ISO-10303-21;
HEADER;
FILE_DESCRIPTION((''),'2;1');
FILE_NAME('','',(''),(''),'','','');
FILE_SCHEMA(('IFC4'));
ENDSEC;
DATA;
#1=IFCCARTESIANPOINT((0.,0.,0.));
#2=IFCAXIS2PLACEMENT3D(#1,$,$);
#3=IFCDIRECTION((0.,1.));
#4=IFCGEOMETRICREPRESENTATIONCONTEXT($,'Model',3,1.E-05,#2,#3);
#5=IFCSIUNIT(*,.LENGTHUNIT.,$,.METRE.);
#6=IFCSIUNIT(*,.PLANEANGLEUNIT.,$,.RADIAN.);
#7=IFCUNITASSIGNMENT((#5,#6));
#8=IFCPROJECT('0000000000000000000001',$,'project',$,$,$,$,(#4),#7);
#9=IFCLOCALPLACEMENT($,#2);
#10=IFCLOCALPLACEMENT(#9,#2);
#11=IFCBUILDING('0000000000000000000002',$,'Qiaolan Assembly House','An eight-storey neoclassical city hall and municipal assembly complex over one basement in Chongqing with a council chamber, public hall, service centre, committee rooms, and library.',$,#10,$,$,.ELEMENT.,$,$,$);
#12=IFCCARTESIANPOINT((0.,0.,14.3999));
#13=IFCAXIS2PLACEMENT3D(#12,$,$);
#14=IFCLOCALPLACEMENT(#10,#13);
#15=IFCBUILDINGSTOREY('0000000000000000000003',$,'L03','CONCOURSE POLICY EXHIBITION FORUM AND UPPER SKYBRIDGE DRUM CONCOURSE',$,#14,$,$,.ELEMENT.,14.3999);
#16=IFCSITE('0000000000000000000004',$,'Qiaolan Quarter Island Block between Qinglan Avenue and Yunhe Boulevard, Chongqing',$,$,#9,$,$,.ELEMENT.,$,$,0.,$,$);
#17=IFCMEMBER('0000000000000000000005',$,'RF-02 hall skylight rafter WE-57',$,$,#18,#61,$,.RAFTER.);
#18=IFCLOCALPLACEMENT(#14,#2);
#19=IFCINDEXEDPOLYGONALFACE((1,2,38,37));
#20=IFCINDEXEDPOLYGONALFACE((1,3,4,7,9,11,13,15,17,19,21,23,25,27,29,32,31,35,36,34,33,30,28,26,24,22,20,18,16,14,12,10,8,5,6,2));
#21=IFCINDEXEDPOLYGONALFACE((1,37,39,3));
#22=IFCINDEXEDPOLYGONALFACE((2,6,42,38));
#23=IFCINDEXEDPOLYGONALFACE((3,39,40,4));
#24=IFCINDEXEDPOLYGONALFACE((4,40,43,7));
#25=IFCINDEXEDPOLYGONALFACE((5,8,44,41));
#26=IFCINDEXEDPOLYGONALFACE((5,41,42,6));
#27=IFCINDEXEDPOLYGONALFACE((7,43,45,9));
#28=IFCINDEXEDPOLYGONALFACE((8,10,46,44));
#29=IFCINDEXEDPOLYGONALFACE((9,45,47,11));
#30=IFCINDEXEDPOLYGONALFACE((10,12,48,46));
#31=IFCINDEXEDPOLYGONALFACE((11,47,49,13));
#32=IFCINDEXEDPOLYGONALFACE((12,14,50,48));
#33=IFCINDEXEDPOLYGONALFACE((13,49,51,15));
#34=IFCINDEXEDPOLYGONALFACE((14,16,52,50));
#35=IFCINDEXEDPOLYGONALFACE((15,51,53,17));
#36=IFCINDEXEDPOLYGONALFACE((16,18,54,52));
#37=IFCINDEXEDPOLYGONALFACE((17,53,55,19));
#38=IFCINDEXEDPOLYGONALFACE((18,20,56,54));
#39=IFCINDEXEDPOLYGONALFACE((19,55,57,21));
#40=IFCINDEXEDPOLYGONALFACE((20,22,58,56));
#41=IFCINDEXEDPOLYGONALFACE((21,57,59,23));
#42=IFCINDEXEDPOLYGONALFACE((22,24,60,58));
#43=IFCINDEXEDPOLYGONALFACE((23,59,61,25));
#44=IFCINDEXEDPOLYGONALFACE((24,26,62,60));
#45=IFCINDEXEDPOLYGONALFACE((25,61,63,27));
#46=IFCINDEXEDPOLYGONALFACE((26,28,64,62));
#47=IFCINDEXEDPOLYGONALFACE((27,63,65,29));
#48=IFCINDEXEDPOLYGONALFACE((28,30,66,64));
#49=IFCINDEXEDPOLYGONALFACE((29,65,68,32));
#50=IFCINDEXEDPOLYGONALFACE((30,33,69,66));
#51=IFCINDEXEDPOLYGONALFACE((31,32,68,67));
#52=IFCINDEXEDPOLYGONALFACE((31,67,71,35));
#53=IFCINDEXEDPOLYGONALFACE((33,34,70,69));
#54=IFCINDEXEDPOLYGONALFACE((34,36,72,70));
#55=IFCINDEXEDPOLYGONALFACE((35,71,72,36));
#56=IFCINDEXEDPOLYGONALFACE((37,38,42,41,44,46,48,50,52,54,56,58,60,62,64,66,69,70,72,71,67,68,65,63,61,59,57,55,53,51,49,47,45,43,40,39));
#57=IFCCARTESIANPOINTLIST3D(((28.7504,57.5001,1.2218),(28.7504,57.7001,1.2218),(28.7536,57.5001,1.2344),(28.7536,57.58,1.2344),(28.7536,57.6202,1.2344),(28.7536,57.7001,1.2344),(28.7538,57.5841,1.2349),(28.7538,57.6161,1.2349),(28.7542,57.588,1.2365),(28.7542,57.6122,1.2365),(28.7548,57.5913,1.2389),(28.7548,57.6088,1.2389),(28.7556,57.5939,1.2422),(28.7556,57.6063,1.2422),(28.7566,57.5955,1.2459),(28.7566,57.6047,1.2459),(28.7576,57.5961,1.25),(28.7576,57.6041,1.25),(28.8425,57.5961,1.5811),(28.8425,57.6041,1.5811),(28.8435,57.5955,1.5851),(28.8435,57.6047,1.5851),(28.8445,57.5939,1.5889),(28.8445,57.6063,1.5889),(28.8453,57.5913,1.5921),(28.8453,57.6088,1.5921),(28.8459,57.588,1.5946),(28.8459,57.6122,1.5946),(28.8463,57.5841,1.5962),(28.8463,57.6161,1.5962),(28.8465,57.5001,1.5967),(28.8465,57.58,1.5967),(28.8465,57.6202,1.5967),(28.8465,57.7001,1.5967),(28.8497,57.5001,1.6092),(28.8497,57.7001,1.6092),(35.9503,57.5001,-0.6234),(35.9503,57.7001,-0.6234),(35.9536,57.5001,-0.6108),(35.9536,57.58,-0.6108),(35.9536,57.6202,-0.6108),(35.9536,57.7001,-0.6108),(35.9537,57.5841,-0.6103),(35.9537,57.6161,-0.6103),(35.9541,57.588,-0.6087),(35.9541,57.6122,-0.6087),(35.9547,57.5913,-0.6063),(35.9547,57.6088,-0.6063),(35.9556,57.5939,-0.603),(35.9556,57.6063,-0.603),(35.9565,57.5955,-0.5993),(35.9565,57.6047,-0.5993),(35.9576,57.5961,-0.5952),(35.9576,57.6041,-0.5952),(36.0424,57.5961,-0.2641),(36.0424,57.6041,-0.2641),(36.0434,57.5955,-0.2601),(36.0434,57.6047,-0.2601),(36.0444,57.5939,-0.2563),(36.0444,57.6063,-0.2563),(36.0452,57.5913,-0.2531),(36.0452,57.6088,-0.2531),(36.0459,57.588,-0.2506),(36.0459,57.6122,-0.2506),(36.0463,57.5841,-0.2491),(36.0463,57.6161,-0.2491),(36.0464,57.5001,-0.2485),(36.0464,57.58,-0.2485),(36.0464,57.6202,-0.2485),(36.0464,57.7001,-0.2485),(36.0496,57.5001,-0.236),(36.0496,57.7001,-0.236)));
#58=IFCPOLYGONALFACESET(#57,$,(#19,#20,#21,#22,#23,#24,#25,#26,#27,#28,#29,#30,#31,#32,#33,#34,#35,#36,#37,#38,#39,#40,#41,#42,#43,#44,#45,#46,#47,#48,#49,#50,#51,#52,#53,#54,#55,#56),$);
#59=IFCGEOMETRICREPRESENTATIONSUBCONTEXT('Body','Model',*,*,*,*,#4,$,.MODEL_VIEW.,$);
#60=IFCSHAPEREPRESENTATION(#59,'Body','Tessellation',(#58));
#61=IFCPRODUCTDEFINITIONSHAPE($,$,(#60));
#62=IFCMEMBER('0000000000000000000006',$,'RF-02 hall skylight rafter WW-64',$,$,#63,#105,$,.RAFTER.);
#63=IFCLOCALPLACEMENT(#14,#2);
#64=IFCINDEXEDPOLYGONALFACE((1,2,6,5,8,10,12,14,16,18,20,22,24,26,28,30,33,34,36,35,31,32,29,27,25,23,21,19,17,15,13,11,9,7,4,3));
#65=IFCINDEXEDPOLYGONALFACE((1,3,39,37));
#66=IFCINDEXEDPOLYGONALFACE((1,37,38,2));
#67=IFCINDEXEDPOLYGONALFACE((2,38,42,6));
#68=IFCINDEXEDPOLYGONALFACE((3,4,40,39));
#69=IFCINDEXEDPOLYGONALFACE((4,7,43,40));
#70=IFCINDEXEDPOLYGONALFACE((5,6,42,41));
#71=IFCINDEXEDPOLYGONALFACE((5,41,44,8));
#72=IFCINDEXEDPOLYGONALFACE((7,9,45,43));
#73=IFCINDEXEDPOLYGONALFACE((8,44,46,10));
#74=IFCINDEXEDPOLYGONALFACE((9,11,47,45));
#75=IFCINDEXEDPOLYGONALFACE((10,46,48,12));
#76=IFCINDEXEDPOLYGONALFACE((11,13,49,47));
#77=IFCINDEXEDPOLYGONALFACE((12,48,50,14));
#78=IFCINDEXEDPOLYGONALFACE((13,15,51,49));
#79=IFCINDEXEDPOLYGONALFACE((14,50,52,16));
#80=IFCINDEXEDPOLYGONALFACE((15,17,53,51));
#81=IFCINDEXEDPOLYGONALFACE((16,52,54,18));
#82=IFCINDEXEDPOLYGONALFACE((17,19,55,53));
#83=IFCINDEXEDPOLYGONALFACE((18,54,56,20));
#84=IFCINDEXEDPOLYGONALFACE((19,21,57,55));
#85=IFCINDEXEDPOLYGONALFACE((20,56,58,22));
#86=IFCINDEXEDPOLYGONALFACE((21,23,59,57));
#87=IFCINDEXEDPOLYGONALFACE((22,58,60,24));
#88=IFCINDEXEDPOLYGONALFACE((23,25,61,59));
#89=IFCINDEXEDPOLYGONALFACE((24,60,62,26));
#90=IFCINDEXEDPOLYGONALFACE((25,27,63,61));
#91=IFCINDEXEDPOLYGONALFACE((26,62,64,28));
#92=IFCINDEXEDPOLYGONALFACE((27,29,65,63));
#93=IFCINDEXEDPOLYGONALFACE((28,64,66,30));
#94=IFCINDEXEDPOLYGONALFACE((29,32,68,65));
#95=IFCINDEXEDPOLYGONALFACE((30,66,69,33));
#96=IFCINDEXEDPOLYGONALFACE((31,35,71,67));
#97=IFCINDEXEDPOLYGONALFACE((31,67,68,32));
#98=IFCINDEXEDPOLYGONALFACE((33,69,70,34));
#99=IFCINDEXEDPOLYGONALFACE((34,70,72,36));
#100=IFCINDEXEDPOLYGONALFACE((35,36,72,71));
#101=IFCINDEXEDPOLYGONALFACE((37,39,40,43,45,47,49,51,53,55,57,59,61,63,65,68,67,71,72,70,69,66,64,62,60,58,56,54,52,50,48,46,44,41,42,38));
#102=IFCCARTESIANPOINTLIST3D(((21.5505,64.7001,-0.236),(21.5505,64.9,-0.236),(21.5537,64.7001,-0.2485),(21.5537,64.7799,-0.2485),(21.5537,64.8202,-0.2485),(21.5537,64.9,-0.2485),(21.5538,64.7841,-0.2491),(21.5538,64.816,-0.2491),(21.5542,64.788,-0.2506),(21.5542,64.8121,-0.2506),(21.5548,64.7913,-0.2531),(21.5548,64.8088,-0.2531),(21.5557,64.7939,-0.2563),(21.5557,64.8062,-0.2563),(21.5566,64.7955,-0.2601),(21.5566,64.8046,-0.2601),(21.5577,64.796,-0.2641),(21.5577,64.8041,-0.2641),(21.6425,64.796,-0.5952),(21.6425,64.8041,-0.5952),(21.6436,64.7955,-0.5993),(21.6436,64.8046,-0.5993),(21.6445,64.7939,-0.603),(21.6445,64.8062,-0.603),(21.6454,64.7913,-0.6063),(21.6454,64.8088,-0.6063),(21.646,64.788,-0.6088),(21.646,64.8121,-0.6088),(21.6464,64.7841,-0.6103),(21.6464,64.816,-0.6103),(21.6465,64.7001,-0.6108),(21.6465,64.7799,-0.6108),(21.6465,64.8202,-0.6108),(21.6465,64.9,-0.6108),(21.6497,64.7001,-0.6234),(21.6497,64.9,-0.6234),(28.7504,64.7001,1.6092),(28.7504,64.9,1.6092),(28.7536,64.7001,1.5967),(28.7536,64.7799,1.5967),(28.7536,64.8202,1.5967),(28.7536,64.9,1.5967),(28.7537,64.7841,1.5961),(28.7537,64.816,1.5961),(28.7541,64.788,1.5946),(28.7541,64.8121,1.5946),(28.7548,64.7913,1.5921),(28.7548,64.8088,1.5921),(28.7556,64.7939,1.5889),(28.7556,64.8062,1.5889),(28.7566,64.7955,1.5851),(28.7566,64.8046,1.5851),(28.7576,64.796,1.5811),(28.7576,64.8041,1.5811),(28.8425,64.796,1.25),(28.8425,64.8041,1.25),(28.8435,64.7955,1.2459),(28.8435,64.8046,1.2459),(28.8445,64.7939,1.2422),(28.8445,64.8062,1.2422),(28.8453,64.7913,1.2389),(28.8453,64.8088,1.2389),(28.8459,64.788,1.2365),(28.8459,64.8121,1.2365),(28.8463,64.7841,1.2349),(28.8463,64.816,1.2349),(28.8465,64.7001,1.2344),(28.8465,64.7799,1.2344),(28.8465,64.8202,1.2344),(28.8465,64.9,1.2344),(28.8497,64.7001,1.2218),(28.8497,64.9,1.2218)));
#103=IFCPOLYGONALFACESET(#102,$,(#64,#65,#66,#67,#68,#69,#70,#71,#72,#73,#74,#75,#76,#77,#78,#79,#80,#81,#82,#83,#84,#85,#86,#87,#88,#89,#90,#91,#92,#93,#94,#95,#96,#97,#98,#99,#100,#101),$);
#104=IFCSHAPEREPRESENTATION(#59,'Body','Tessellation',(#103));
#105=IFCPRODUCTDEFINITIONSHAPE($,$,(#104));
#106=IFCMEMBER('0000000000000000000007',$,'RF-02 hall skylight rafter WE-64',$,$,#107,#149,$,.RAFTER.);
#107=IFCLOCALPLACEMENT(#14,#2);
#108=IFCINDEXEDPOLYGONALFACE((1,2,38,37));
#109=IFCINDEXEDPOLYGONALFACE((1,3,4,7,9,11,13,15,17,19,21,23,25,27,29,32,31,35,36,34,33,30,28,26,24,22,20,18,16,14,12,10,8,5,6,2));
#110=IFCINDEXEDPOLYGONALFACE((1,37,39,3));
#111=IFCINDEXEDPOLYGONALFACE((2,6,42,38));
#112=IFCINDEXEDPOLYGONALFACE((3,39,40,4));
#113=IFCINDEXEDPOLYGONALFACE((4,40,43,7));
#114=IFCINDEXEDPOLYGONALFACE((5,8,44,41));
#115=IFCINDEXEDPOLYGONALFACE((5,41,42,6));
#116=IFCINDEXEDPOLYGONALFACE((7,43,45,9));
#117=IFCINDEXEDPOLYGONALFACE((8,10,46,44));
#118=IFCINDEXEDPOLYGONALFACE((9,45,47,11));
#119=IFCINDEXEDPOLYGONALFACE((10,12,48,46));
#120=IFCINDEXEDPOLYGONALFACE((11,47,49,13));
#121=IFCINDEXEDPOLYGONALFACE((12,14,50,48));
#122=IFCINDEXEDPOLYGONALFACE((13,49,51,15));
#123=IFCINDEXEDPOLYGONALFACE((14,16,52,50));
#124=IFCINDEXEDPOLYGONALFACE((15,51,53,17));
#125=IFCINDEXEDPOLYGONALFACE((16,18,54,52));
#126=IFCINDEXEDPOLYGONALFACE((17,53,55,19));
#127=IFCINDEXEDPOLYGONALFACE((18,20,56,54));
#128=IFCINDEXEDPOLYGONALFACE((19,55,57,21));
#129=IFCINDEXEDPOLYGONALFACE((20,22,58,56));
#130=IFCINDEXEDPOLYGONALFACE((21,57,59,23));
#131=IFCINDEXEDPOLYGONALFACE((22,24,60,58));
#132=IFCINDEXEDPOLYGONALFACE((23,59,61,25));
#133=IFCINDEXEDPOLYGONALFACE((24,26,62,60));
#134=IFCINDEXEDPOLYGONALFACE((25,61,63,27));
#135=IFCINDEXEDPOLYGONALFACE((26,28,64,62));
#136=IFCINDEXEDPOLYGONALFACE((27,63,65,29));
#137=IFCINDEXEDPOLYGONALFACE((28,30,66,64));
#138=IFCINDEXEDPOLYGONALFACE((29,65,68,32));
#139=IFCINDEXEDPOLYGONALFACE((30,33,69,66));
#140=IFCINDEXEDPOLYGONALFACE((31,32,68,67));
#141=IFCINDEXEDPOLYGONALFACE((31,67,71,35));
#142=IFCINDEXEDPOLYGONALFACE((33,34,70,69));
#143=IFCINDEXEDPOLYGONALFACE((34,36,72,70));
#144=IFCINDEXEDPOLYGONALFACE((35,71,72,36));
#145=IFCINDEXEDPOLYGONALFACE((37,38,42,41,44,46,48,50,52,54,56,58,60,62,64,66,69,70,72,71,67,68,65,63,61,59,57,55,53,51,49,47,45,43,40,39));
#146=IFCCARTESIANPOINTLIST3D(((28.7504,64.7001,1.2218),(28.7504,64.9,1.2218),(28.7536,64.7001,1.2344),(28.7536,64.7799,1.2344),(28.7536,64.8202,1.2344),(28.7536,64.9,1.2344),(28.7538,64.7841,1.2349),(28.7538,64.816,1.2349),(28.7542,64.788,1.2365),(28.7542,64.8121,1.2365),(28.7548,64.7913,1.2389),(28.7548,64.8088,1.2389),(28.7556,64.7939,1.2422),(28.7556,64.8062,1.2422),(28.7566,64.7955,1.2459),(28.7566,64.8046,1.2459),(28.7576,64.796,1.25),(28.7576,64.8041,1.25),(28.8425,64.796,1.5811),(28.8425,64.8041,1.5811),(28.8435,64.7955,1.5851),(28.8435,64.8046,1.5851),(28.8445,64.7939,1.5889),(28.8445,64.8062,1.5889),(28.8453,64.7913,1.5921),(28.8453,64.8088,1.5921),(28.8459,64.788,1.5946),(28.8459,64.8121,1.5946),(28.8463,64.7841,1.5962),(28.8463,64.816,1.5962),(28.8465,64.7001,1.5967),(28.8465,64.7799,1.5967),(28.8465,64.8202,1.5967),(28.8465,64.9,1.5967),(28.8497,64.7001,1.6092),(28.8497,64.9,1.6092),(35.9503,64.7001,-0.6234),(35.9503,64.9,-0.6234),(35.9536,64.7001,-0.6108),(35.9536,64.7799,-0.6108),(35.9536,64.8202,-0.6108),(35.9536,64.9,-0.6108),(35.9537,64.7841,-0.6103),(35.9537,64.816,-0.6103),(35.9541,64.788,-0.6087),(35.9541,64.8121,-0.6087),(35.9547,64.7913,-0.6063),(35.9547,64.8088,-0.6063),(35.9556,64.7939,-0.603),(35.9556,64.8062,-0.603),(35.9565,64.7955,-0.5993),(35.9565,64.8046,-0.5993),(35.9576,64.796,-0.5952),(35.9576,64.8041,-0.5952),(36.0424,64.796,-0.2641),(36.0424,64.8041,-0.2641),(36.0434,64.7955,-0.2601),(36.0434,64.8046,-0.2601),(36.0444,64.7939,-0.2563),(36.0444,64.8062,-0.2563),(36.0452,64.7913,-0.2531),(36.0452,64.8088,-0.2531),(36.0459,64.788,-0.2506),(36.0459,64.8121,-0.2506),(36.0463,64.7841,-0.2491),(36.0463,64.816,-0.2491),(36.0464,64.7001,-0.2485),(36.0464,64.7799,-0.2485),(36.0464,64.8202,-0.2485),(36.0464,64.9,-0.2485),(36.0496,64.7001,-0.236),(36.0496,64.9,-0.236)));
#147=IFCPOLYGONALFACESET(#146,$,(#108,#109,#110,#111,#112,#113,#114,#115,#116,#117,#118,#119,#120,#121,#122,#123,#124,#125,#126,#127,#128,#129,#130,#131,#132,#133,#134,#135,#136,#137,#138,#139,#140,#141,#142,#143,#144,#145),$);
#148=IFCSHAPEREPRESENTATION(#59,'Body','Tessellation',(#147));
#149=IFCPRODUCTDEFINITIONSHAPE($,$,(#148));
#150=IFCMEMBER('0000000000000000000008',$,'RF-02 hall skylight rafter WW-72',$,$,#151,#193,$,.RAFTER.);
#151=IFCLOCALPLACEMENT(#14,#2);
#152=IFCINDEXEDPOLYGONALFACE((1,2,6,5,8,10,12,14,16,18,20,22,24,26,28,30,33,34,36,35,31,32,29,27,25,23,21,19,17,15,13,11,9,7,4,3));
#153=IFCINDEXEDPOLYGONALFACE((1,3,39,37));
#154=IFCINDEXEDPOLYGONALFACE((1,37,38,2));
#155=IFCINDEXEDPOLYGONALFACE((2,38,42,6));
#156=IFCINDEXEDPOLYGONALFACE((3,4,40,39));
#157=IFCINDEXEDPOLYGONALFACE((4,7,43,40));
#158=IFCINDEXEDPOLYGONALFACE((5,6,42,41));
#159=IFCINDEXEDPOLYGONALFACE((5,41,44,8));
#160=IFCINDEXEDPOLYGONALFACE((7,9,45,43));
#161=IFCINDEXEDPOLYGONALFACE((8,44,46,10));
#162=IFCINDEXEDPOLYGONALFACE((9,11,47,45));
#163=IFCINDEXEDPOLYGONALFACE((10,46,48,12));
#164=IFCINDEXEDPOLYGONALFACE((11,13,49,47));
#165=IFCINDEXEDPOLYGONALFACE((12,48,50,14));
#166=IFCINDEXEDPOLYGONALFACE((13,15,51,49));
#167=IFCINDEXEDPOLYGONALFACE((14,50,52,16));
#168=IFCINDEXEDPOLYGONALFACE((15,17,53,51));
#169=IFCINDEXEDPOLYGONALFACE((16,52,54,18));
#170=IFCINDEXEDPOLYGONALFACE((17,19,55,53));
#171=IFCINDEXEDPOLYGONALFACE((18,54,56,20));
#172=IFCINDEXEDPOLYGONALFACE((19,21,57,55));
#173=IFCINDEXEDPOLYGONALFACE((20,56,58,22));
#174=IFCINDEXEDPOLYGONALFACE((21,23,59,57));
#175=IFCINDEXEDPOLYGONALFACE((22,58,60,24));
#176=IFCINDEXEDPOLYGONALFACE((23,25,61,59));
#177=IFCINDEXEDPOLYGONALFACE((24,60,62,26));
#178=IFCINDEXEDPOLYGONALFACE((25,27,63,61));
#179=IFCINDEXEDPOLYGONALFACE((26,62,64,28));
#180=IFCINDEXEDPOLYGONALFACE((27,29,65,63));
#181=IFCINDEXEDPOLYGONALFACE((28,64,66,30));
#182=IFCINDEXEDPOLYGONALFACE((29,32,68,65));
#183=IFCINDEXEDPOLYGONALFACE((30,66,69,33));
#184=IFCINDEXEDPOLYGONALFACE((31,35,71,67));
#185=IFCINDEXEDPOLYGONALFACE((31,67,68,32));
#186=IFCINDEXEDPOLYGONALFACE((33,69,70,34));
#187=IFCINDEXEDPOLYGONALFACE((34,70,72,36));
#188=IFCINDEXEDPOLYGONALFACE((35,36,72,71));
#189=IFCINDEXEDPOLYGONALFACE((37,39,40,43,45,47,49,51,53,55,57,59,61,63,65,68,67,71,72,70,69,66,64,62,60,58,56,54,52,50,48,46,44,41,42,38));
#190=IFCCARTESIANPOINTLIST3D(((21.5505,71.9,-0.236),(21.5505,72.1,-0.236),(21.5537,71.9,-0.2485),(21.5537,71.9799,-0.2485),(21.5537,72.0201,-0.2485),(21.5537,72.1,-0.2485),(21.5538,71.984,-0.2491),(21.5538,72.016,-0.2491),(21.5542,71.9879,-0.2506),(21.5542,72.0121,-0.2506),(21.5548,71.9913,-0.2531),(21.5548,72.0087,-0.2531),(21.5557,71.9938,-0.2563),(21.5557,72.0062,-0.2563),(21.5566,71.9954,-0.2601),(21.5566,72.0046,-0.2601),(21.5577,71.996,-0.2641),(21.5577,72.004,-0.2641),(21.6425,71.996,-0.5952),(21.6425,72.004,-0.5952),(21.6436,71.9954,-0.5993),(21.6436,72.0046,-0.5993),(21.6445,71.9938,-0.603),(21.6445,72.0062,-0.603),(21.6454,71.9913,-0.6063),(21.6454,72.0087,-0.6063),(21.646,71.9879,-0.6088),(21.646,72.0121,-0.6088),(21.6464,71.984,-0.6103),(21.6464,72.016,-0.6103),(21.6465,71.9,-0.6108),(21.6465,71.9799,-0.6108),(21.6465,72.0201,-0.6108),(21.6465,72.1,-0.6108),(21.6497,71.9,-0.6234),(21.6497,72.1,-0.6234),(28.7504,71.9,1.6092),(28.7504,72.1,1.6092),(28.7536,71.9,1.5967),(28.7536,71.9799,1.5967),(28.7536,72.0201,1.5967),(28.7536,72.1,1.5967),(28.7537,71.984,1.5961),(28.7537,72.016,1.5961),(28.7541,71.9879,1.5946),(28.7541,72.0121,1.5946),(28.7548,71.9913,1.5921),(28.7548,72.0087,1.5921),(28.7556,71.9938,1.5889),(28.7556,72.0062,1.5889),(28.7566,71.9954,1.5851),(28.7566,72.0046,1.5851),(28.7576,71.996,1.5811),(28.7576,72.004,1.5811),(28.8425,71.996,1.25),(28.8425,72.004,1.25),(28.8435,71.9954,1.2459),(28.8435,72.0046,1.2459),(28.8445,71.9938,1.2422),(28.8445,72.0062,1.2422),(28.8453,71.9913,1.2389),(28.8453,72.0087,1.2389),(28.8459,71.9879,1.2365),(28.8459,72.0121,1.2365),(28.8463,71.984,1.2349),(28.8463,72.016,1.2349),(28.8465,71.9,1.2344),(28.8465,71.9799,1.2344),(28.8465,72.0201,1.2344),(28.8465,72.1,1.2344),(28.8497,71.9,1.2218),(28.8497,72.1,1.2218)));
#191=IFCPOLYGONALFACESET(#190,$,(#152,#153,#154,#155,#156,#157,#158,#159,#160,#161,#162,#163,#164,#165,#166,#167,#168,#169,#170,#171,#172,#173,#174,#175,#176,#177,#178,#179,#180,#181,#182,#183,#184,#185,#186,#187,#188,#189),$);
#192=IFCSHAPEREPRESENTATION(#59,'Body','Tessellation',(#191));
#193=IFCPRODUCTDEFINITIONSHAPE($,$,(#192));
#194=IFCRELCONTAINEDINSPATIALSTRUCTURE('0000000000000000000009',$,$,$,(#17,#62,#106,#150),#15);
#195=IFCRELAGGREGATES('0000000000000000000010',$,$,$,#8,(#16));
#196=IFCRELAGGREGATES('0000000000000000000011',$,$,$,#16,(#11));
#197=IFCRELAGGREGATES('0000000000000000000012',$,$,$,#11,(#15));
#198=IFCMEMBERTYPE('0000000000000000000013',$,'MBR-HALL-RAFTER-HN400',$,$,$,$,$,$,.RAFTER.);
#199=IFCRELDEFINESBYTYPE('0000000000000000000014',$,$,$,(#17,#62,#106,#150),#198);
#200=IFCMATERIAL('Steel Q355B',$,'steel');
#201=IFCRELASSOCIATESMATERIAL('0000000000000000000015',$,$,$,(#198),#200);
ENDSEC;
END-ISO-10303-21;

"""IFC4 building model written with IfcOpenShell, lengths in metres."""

from ifc_helpers import new_model, si_unit, direction, frame, origin, origin_2d, place, context, subcontext, project, spatial, i_section, extrude, material, material_profile, profile_set, type_object, element, save


model = new_model("IFC4")

# Units and contexts
model_context = context("Model", 3, precision=1e-05, world=origin(), true_north=direction((0.0, 1.0)))
body_context = subcontext(model_context, "Body", "Model", "MODEL_VIEW")
ifc_project = project(units=[si_unit("LENGTHUNIT", "METRE"), si_unit("PLANEANGLEUNIT", "RADIAN")], contexts=[model_context])

# Site, building, storey
site_placement = place(None, origin())
site = spatial("IfcSite", under=ifc_project, at=site_placement, Name="Qiaolan Quarter Island Block between Qinglan Avenue and Yunhe Boulevard, Chongqing", CompositionType="ELEMENT", RefElevation=0.0)
building_placement = place(site_placement, origin())
building = spatial("IfcBuilding", under=site, at=building_placement, Name="Qiaolan Assembly House", Description="An eight-storey neoclassical city hall and municipal assembly complex over one basement in Chongqing with a council chamber, public hall, service centre, committee rooms, and library.", CompositionType="ELEMENT")
storey_placement = place(building_placement, frame((0.0, 0.0, 14.3999)))
storey = spatial("IfcBuildingStorey", under=building, at=storey_placement, Name="L03", Description="CONCOURSE POLICY EXHIBITION FORUM AND UPPER SKYBRIDGE DRUM CONCOURSE", CompositionType="ELEMENT", Elevation=14.3999)

# Shared definitions
ifc_material = material(Name="Steel Q355B", Category="steel")

# Members
ifc_material_profile_1 = material_profile(ifc_material, i_section(OverallWidth=0.2, OverallDepth=0.3999, WebThickness=0.0081, FlangeThickness=0.0129, FilletRadius=0.0161, at=origin_2d()), Name="HN 400x200x8x13-RF")
ifc_profile_set_1 = profile_set([ifc_material_profile_1], Name="Steel Q355B")
member_type = type_object("IfcMemberType", Name="MBR-HALL-RAFTER-HN400", PredefinedType="RAFTER", material=ifc_profile_set_1)
for number, where, z_axis, x_axis, name in (
    (1, (28.8, 57.6001, 1.4155), (0.968694, 0.0, -0.248258), (0.0, 1.0, 0.0), "RF-02 hall skylight rafter WE-57"),
    (2, (21.6001, 64.8, -0.4297), (0.968694, 0.0, 0.248258), (0.0, 1.0, 0.0), "RF-02 hall skylight rafter WW-64"),
    (3, (28.8, 64.8, 1.4155), (0.968694, 0.0, -0.248258), (0.0, 1.0, 0.0), "RF-02 hall skylight rafter WE-64"),
    (4, (21.6001, 72.0, -0.4297), (0.968694, 0.0, 0.248258), (0.0, 1.0, 0.0), "RF-02 hall skylight rafter WW-72"),
):
    element("IfcMember", number, at=place(storey_placement, frame(where, z_axis=z_axis, x_axis=x_axis)), inside=storey, type_object=member_type, Name=name, PredefinedType="RAFTER", context=body_context, shape_type="SweptSolid", body=[
        extrude(i_section(OverallWidth=0.2, OverallDepth=0.3999, WebThickness=0.0081, FlangeThickness=0.0129, FilletRadius=0.0161, at=origin_2d()), origin(), (0.0, 0.0, 1.0), 7.4326),
    ])

save(model, "model.ifc")
